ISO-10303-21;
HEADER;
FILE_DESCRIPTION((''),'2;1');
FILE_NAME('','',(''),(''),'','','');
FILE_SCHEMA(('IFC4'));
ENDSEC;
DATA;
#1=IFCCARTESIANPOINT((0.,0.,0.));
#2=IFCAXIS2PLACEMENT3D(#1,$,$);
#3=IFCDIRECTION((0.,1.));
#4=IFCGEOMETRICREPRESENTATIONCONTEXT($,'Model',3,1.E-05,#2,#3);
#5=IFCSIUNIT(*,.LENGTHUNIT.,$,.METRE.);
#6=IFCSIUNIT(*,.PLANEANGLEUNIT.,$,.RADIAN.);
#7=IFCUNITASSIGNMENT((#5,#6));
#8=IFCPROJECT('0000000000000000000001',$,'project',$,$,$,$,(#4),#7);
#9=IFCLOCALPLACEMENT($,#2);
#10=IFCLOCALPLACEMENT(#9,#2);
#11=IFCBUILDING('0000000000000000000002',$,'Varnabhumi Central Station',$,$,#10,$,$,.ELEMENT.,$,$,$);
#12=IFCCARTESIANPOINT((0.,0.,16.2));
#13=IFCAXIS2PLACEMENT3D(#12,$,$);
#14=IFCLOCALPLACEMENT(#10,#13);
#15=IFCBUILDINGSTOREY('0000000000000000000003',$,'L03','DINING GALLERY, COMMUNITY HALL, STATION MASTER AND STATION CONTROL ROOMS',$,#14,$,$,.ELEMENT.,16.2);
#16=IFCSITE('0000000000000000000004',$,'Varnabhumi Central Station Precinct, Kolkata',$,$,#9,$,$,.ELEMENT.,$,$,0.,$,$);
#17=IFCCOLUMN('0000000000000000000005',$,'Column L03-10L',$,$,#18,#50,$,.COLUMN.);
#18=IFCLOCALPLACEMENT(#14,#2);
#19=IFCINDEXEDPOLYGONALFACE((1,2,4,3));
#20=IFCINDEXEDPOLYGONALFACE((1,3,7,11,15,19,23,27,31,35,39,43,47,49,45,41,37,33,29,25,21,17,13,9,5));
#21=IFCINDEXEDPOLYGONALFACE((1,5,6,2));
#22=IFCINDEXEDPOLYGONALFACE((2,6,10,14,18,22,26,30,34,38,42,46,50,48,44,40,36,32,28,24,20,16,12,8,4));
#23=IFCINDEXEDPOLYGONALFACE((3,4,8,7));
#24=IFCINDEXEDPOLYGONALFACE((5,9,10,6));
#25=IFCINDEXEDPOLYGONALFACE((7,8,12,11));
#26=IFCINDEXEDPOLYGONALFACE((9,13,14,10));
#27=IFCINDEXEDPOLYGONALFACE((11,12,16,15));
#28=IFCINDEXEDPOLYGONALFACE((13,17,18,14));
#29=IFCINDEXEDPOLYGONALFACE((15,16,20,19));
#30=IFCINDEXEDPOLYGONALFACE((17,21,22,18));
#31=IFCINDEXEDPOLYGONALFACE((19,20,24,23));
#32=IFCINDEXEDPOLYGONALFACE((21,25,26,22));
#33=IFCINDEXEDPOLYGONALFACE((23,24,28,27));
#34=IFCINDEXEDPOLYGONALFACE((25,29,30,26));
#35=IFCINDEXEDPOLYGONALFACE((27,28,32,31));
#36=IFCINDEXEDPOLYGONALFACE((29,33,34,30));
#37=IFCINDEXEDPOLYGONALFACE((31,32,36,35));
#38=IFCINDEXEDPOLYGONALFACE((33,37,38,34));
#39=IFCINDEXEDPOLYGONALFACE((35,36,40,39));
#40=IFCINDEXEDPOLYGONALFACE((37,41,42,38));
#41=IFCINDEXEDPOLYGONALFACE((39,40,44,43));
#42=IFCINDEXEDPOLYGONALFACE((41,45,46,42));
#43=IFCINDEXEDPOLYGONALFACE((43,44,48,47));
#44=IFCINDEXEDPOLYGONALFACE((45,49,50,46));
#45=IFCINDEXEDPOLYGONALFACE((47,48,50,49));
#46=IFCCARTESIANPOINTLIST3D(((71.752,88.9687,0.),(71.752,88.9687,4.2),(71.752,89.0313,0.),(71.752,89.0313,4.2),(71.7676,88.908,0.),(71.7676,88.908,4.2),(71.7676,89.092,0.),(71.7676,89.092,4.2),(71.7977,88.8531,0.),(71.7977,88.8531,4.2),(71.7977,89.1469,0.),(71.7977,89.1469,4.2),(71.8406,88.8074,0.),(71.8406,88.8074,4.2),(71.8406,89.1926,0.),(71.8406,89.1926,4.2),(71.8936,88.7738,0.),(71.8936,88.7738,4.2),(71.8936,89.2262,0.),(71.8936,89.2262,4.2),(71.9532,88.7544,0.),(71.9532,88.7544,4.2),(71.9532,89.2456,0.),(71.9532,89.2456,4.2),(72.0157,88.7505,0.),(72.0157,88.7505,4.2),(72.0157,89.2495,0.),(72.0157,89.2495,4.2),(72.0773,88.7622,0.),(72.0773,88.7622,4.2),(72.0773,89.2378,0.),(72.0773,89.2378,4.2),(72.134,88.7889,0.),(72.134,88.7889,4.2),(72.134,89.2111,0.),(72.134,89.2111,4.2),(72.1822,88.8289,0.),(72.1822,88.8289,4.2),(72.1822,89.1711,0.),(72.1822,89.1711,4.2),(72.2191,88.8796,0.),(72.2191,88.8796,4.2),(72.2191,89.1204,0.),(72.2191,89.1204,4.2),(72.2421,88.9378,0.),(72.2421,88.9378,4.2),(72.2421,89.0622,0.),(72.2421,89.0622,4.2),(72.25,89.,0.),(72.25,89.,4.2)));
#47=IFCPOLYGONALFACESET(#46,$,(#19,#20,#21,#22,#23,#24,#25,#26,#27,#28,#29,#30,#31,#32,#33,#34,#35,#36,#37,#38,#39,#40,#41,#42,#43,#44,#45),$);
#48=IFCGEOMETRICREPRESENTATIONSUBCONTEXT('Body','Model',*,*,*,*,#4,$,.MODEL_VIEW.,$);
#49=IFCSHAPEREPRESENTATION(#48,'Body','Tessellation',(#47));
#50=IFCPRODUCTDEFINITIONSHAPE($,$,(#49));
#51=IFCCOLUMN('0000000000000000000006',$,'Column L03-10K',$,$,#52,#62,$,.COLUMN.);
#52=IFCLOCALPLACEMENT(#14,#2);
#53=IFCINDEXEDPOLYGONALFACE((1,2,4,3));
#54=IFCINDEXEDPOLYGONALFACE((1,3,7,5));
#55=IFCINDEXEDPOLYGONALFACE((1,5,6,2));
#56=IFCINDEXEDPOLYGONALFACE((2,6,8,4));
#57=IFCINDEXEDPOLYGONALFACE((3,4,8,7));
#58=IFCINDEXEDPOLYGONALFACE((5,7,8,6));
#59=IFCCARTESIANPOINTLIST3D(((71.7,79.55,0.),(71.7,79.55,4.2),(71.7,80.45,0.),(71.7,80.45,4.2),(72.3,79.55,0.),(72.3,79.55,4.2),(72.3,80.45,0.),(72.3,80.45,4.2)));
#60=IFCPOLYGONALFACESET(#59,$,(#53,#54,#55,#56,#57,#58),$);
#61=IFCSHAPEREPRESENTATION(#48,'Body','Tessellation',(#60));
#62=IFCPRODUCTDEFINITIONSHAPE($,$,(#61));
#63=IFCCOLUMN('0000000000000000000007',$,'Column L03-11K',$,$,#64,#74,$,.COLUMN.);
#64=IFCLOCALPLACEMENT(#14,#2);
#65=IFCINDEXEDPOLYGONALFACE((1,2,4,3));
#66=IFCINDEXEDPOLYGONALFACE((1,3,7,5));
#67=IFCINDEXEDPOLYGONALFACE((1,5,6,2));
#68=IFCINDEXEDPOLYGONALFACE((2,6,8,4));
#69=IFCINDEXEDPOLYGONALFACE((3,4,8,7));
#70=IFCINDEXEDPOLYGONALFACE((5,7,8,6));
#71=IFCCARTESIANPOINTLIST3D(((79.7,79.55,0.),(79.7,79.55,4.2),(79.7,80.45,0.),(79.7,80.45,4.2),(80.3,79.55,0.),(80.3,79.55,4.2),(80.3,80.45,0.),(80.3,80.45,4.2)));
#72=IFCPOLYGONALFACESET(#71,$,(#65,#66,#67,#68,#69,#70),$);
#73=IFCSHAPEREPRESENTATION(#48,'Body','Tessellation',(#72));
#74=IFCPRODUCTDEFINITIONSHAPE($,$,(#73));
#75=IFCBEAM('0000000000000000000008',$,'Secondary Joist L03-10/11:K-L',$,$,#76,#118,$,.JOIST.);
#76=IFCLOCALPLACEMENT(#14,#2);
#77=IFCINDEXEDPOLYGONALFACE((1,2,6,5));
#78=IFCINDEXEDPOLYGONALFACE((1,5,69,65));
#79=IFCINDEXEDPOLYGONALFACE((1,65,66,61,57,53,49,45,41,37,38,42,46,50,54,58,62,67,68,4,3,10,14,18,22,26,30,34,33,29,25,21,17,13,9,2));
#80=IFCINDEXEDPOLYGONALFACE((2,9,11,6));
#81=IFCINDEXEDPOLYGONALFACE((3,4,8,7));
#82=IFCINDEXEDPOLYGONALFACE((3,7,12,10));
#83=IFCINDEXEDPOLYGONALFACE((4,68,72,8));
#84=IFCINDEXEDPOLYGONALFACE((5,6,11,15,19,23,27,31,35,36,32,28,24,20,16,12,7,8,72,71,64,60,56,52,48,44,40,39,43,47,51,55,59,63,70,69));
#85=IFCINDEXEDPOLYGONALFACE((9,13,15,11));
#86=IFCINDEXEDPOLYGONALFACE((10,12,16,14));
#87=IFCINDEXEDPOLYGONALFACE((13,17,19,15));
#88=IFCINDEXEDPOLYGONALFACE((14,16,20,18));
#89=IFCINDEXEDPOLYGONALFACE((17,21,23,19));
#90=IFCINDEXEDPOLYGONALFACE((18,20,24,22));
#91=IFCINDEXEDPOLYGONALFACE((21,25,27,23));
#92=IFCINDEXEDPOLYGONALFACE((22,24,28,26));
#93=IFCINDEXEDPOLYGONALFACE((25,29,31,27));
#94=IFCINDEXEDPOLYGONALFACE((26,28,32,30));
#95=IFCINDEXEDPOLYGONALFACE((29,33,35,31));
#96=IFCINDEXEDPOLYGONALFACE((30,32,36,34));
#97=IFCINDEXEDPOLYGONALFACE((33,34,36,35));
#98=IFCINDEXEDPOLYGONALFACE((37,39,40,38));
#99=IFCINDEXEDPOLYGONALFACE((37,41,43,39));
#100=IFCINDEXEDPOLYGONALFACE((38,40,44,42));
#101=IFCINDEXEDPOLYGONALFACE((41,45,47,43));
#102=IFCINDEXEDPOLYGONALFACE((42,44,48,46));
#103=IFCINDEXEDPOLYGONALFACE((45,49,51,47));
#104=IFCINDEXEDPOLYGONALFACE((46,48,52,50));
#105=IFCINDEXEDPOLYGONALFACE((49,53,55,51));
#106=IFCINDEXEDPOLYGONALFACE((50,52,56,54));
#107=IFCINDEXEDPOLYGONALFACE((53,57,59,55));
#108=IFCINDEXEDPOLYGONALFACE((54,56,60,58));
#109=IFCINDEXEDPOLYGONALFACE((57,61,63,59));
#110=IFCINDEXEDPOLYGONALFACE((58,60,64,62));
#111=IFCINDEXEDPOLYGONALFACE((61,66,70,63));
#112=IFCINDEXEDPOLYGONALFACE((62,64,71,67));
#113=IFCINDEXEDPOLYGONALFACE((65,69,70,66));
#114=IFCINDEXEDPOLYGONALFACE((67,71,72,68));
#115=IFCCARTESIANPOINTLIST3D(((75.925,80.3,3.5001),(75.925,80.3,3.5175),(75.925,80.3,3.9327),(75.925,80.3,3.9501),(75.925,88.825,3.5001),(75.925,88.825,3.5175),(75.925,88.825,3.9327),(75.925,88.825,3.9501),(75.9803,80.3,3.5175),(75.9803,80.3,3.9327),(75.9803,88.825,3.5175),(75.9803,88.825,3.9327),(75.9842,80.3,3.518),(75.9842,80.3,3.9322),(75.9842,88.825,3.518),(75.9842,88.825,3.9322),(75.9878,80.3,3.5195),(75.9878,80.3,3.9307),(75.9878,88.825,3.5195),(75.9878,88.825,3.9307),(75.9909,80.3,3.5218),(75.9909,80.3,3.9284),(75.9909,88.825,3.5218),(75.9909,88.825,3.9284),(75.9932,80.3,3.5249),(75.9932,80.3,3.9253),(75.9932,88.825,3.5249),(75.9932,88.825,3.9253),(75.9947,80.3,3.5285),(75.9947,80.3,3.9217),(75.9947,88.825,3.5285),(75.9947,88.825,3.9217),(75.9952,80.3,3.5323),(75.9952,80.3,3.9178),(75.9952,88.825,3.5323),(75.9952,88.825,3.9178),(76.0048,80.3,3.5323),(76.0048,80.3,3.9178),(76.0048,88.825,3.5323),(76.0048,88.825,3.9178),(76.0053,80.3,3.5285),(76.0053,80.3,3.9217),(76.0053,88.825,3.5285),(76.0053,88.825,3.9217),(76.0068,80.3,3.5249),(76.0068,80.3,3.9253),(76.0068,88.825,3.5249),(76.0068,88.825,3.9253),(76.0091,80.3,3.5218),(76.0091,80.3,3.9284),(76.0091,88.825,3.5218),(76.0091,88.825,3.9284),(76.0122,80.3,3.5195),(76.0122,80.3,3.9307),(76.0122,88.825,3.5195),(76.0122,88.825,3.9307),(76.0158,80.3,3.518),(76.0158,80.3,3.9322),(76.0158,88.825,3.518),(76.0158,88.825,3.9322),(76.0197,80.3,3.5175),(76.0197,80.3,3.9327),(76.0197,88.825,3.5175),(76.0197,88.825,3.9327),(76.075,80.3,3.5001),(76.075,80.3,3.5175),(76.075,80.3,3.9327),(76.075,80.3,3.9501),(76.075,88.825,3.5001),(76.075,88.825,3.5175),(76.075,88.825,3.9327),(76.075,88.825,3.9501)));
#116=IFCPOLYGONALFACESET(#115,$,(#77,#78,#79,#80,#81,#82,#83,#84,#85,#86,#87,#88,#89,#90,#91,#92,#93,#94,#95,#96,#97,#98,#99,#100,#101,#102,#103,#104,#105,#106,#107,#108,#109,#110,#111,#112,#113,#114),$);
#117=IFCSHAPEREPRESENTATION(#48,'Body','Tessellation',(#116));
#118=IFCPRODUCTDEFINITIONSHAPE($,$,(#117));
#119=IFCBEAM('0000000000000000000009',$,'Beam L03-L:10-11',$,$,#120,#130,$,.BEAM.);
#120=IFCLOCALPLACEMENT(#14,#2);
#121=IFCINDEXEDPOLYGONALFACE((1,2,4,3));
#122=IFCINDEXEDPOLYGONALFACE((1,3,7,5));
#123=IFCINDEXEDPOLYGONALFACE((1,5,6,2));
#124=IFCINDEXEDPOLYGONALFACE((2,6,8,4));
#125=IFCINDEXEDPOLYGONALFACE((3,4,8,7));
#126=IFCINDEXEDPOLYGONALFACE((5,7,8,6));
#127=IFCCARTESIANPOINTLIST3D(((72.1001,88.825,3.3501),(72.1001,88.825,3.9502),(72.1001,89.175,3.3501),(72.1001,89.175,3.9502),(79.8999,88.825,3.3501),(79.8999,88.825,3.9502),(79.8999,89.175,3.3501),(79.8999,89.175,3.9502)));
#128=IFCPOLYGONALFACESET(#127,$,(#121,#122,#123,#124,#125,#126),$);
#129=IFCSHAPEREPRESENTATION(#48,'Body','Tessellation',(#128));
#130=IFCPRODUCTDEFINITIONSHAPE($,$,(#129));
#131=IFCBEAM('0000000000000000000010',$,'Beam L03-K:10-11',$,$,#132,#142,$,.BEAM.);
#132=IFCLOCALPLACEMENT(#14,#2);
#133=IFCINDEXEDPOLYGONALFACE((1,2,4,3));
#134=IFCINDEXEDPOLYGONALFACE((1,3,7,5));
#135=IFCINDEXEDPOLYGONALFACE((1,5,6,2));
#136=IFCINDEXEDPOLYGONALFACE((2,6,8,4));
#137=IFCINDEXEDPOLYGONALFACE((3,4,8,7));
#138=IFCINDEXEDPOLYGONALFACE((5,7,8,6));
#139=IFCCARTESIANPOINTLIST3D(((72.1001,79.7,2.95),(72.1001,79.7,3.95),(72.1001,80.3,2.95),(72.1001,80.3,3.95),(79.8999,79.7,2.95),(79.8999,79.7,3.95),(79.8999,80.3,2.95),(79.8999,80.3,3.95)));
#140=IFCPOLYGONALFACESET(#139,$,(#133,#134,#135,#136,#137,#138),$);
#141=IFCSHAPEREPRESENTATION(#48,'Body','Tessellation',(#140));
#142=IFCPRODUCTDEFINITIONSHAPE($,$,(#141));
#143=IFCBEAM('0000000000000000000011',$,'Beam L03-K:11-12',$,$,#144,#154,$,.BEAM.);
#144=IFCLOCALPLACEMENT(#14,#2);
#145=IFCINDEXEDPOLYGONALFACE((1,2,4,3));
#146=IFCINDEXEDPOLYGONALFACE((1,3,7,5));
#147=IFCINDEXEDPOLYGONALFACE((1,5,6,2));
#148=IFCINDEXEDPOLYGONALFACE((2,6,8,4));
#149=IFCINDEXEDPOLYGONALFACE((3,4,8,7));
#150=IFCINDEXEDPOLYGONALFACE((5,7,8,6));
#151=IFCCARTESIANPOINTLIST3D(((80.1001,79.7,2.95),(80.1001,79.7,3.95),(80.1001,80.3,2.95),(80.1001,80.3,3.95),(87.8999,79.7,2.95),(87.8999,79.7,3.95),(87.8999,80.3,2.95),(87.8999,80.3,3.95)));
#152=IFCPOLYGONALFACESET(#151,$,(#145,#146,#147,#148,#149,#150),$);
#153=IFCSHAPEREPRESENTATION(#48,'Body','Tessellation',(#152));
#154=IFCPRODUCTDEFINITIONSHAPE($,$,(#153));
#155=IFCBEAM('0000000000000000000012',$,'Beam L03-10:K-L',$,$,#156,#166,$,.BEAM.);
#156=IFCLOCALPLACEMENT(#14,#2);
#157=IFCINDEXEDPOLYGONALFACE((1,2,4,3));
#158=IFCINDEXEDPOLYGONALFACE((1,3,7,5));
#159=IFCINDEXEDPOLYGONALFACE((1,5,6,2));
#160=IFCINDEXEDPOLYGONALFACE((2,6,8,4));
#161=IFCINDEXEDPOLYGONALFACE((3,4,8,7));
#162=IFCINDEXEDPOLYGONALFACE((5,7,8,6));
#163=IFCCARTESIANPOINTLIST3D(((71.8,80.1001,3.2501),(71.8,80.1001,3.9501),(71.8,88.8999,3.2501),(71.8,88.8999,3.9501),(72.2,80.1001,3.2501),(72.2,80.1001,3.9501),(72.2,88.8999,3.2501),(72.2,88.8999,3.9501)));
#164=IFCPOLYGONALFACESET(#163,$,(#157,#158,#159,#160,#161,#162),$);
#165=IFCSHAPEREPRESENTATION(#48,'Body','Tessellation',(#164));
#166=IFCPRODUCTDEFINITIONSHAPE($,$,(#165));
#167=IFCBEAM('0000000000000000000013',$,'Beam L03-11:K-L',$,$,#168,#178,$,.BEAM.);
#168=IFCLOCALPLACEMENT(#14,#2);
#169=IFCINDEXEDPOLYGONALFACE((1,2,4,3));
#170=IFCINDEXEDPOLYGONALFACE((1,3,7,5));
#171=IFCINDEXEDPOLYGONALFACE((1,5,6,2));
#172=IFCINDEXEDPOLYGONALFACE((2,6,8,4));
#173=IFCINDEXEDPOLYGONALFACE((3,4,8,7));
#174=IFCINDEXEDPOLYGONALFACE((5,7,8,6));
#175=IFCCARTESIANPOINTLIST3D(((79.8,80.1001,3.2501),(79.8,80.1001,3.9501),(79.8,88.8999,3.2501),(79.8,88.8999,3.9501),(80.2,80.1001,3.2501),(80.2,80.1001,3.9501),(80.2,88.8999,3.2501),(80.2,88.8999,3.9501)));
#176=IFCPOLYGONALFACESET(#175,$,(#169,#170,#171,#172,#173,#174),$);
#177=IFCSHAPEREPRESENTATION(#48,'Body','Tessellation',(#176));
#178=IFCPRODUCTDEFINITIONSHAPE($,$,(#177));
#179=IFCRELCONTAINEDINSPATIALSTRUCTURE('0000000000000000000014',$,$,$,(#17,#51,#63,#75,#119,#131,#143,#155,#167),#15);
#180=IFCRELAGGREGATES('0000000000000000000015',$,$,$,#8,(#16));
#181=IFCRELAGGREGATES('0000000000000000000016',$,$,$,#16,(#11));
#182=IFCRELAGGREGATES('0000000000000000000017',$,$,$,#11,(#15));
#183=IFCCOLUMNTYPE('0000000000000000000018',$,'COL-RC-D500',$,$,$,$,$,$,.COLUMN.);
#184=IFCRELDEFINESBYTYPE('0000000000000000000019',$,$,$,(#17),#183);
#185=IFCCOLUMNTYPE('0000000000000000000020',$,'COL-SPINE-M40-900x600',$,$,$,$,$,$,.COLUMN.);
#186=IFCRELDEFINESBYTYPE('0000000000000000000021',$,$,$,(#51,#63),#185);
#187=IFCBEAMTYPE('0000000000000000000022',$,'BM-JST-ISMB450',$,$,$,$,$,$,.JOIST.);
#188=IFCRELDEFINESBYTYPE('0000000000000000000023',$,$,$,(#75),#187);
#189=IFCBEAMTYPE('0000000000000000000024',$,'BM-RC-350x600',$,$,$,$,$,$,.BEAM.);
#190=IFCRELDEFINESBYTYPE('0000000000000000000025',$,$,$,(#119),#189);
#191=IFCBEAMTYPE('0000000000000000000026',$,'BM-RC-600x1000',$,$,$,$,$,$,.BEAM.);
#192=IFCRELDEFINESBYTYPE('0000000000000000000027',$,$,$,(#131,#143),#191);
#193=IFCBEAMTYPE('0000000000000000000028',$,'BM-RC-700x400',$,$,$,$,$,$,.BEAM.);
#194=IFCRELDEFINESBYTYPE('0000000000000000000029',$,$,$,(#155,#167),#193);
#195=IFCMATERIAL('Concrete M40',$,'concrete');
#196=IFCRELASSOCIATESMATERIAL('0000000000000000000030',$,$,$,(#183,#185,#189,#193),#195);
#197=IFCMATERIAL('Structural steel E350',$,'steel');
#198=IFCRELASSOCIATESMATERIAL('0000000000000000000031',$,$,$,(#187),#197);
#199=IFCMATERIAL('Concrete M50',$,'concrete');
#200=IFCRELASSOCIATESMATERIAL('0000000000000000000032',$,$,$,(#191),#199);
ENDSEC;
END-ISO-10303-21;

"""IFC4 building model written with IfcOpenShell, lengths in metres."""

from ifc_helpers import new_model, si_unit, direction, frame, origin, origin_2d, place, context, subcontext, project, spatial, rectangle, circle, i_section, extrude, material, material_profile, profile_set, type_object, element, save


model = new_model("IFC4")

# Units and contexts
model_context = context("Model", 3, precision=1e-05, world=origin(), true_north=direction((0.0, 1.0)))
body_context = subcontext(model_context, "Body", "Model", "MODEL_VIEW")
ifc_project = project(units=[si_unit("LENGTHUNIT", "METRE"), si_unit("PLANEANGLEUNIT", "RADIAN")], contexts=[model_context])

# Site, building, storey
site_placement = place(None, origin())
site = spatial("IfcSite", under=ifc_project, at=site_placement, Name="Varnabhumi Central Station Precinct, Kolkata", CompositionType="ELEMENT", RefElevation=0.0)
building_placement = place(site_placement, origin())
building = spatial("IfcBuilding", under=site, at=building_placement, Name="Varnabhumi Central Station", CompositionType="ELEMENT")
storey_placement = place(building_placement, frame((0.0, 0.0, 16.2)))
storey = spatial("IfcBuildingStorey", under=building, at=storey_placement, Name="L03", Description="DINING GALLERY, COMMUNITY HALL, STATION MASTER AND STATION CONTROL ROOMS", CompositionType="ELEMENT", Elevation=16.2)

# Columns
ifc_material_1 = material(Name="Concrete M40", Category="concrete")
ifc_material_profile_1 = material_profile(ifc_material_1, circle(Radius=0.25, at=origin_2d()), Name="Concrete M40", Category="concrete")
ifc_profile_set_1 = profile_set([ifc_material_profile_1], Name="Concrete M40")
column_type_1 = type_object("IfcColumnType", Name="COL-RC-D500", PredefinedType="COLUMN", material=ifc_profile_set_1)
column_placement = place(storey_placement, frame((72.0, 89.0, 0.0), z_axis=(0.0, 0.0, 1.0), x_axis=(1.0, 0.0, 0.0)))
element("IfcColumn", 1, at=column_placement, inside=storey, type_object=column_type_1, Name="Column L03-10L", PredefinedType="COLUMN", context=body_context, shape_type="SweptSolid", body=[
    extrude(circle(Radius=0.25, at=origin_2d()), origin(), (0.0, 0.0, 1.0), 4.2),
])
ifc_material_profile_2 = material_profile(ifc_material_1, rectangle(XDim=0.6001, YDim=0.8999, at=origin_2d()), Name="Concrete M40", Category="concrete")
ifc_profile_set_2 = profile_set([ifc_material_profile_2], Name="Concrete M40")
column_type_2 = type_object("IfcColumnType", Name="COL-SPINE-M40-900x600", PredefinedType="COLUMN", material=ifc_profile_set_2)
for number, where, z_axis, x_axis, name in (
    (2, (72.0, 80.0, 0.0), (0.0, 0.0, 1.0), (1.0, 0.0, 0.0), "Column L03-10K"),
    (3, (80.0, 80.0, 0.0), (0.0, 0.0, 1.0), (1.0, 0.0, 0.0), "Column L03-11K"),
):
    element("IfcColumn", number, at=place(storey_placement, frame(where, z_axis=z_axis, x_axis=x_axis)), inside=storey, type_object=column_type_2, Name=name, PredefinedType="COLUMN", context=body_context, shape_type="SweptSolid", body=[
        extrude(rectangle(XDim=0.6001, YDim=0.8999, at=origin_2d()), origin(), (0.0, 0.0, 1.0), 4.2),
    ])

# Beams
ifc_material_2 = material(Name="Structural steel E350", Category="steel")
ifc_material_profile_3 = material_profile(ifc_material_2, i_section(OverallWidth=0.1499, OverallDepth=0.45, WebThickness=0.0095, FlangeThickness=0.0173, FilletRadius=0.0149, at=origin_2d()), Name="Structural steel E350", Category="steel")
ifc_profile_set_3 = profile_set([ifc_material_profile_3], Name="Structural steel E350")
beam_type_1 = type_object("IfcBeamType", Name="BM-JST-ISMB450", PredefinedType="JOIST", material=ifc_profile_set_3)
beam_1_placement = place(storey_placement, frame((76.0, 80.3, 3.7251), z_axis=(0.0, 1.0, 0.0), x_axis=(-1.0, 0.0, 0.0)))
element("IfcBeam", 4, at=beam_1_placement, inside=storey, type_object=beam_type_1, Name="Secondary Joist L03-10/11:K-L", PredefinedType="JOIST", context=body_context, shape_type="SweptSolid", body=[
    extrude(i_section(OverallWidth=0.1499, OverallDepth=0.45, WebThickness=0.0095, FlangeThickness=0.0173, FilletRadius=0.0149, at=origin_2d()), origin(), (0.0, 0.0, 1.0), 8.5249),
])
ifc_material_profile_4 = material_profile(ifc_material_1, rectangle(XDim=0.3501, YDim=0.6001, at=origin_2d()), Name="Concrete M40", Category="concrete")
ifc_profile_set_4 = profile_set([ifc_material_profile_4], Name="Concrete M40")
beam_type_2 = type_object("IfcBeamType", Name="BM-RC-350x600", PredefinedType="BEAM", material=ifc_profile_set_4)
beam_2_placement = place(storey_placement, frame((72.1001, 89.0, 3.6501), z_axis=(1.0, 0.0, 0.0), x_axis=(0.0, 1.0, 0.0)))
element("IfcBeam", 5, at=beam_2_placement, inside=storey, type_object=beam_type_2, Name="Beam L03-L:10-11", PredefinedType="BEAM", context=body_context, shape_type="SweptSolid", body=[
    extrude(rectangle(XDim=0.3501, YDim=0.6001, at=origin_2d()), origin(), (0.0, 0.0, 1.0), 7.7998),
])
ifc_material_3 = material(Name="Concrete M50", Category="concrete")
ifc_material_profile_5 = material_profile(ifc_material_3, rectangle(XDim=0.6001, YDim=1.0, at=origin_2d()), Name="Concrete M50", Category="concrete")
ifc_profile_set_5 = profile_set([ifc_material_profile_5], Name="Concrete M50")
beam_type_3 = type_object("IfcBeamType", Name="BM-RC-600x1000", PredefinedType="BEAM", material=ifc_profile_set_5)
for number, where, z_axis, x_axis, name in (
    (6, (72.1001, 80.0, 3.45), (1.0, 0.0, 0.0), (0.0, 1.0, 0.0), "Beam L03-K:10-11"),
    (7, (80.1001, 80.0, 3.45), (1.0, 0.0, 0.0), (0.0, 1.0, 0.0), "Beam L03-K:11-12"),
):
    element("IfcBeam", number, at=place(storey_placement, frame(where, z_axis=z_axis, x_axis=x_axis)), inside=storey, type_object=beam_type_3, Name=name, PredefinedType="BEAM", context=body_context, shape_type="SweptSolid", body=[
        extrude(rectangle(XDim=0.6001, YDim=1.0, at=origin_2d()), origin(), (0.0, 0.0, 1.0), 7.7998),
    ])
ifc_material_profile_6 = material_profile(ifc_material_1, rectangle(XDim=0.3999, YDim=0.7, at=origin_2d()), Name="Concrete M40", Category="concrete")
ifc_profile_set_6 = profile_set([ifc_material_profile_6], Name="Concrete M40")
beam_type_4 = type_object("IfcBeamType", Name="BM-RC-700x400", PredefinedType="BEAM", material=ifc_profile_set_6)
for number, where, z_axis, x_axis, name in (
    (8, (72.0, 80.1001, 3.6001), (0.0, 1.0, 0.0), (-1.0, 0.0, 0.0), "Beam L03-10:K-L"),
    (9, (80.0, 80.1001, 3.6001), (0.0, 1.0, 0.0), (-1.0, 0.0, 0.0), "Beam L03-11:K-L"),
):
    element("IfcBeam", number, at=place(storey_placement, frame(where, z_axis=z_axis, x_axis=x_axis)), inside=storey, type_object=beam_type_4, Name=name, PredefinedType="BEAM", context=body_context, shape_type="SweptSolid", body=[
        extrude(rectangle(XDim=0.3999, YDim=0.7, at=origin_2d()), origin(), (0.0, 0.0, 1.0), 8.7998),
    ])

save(model, "model.ifc")
